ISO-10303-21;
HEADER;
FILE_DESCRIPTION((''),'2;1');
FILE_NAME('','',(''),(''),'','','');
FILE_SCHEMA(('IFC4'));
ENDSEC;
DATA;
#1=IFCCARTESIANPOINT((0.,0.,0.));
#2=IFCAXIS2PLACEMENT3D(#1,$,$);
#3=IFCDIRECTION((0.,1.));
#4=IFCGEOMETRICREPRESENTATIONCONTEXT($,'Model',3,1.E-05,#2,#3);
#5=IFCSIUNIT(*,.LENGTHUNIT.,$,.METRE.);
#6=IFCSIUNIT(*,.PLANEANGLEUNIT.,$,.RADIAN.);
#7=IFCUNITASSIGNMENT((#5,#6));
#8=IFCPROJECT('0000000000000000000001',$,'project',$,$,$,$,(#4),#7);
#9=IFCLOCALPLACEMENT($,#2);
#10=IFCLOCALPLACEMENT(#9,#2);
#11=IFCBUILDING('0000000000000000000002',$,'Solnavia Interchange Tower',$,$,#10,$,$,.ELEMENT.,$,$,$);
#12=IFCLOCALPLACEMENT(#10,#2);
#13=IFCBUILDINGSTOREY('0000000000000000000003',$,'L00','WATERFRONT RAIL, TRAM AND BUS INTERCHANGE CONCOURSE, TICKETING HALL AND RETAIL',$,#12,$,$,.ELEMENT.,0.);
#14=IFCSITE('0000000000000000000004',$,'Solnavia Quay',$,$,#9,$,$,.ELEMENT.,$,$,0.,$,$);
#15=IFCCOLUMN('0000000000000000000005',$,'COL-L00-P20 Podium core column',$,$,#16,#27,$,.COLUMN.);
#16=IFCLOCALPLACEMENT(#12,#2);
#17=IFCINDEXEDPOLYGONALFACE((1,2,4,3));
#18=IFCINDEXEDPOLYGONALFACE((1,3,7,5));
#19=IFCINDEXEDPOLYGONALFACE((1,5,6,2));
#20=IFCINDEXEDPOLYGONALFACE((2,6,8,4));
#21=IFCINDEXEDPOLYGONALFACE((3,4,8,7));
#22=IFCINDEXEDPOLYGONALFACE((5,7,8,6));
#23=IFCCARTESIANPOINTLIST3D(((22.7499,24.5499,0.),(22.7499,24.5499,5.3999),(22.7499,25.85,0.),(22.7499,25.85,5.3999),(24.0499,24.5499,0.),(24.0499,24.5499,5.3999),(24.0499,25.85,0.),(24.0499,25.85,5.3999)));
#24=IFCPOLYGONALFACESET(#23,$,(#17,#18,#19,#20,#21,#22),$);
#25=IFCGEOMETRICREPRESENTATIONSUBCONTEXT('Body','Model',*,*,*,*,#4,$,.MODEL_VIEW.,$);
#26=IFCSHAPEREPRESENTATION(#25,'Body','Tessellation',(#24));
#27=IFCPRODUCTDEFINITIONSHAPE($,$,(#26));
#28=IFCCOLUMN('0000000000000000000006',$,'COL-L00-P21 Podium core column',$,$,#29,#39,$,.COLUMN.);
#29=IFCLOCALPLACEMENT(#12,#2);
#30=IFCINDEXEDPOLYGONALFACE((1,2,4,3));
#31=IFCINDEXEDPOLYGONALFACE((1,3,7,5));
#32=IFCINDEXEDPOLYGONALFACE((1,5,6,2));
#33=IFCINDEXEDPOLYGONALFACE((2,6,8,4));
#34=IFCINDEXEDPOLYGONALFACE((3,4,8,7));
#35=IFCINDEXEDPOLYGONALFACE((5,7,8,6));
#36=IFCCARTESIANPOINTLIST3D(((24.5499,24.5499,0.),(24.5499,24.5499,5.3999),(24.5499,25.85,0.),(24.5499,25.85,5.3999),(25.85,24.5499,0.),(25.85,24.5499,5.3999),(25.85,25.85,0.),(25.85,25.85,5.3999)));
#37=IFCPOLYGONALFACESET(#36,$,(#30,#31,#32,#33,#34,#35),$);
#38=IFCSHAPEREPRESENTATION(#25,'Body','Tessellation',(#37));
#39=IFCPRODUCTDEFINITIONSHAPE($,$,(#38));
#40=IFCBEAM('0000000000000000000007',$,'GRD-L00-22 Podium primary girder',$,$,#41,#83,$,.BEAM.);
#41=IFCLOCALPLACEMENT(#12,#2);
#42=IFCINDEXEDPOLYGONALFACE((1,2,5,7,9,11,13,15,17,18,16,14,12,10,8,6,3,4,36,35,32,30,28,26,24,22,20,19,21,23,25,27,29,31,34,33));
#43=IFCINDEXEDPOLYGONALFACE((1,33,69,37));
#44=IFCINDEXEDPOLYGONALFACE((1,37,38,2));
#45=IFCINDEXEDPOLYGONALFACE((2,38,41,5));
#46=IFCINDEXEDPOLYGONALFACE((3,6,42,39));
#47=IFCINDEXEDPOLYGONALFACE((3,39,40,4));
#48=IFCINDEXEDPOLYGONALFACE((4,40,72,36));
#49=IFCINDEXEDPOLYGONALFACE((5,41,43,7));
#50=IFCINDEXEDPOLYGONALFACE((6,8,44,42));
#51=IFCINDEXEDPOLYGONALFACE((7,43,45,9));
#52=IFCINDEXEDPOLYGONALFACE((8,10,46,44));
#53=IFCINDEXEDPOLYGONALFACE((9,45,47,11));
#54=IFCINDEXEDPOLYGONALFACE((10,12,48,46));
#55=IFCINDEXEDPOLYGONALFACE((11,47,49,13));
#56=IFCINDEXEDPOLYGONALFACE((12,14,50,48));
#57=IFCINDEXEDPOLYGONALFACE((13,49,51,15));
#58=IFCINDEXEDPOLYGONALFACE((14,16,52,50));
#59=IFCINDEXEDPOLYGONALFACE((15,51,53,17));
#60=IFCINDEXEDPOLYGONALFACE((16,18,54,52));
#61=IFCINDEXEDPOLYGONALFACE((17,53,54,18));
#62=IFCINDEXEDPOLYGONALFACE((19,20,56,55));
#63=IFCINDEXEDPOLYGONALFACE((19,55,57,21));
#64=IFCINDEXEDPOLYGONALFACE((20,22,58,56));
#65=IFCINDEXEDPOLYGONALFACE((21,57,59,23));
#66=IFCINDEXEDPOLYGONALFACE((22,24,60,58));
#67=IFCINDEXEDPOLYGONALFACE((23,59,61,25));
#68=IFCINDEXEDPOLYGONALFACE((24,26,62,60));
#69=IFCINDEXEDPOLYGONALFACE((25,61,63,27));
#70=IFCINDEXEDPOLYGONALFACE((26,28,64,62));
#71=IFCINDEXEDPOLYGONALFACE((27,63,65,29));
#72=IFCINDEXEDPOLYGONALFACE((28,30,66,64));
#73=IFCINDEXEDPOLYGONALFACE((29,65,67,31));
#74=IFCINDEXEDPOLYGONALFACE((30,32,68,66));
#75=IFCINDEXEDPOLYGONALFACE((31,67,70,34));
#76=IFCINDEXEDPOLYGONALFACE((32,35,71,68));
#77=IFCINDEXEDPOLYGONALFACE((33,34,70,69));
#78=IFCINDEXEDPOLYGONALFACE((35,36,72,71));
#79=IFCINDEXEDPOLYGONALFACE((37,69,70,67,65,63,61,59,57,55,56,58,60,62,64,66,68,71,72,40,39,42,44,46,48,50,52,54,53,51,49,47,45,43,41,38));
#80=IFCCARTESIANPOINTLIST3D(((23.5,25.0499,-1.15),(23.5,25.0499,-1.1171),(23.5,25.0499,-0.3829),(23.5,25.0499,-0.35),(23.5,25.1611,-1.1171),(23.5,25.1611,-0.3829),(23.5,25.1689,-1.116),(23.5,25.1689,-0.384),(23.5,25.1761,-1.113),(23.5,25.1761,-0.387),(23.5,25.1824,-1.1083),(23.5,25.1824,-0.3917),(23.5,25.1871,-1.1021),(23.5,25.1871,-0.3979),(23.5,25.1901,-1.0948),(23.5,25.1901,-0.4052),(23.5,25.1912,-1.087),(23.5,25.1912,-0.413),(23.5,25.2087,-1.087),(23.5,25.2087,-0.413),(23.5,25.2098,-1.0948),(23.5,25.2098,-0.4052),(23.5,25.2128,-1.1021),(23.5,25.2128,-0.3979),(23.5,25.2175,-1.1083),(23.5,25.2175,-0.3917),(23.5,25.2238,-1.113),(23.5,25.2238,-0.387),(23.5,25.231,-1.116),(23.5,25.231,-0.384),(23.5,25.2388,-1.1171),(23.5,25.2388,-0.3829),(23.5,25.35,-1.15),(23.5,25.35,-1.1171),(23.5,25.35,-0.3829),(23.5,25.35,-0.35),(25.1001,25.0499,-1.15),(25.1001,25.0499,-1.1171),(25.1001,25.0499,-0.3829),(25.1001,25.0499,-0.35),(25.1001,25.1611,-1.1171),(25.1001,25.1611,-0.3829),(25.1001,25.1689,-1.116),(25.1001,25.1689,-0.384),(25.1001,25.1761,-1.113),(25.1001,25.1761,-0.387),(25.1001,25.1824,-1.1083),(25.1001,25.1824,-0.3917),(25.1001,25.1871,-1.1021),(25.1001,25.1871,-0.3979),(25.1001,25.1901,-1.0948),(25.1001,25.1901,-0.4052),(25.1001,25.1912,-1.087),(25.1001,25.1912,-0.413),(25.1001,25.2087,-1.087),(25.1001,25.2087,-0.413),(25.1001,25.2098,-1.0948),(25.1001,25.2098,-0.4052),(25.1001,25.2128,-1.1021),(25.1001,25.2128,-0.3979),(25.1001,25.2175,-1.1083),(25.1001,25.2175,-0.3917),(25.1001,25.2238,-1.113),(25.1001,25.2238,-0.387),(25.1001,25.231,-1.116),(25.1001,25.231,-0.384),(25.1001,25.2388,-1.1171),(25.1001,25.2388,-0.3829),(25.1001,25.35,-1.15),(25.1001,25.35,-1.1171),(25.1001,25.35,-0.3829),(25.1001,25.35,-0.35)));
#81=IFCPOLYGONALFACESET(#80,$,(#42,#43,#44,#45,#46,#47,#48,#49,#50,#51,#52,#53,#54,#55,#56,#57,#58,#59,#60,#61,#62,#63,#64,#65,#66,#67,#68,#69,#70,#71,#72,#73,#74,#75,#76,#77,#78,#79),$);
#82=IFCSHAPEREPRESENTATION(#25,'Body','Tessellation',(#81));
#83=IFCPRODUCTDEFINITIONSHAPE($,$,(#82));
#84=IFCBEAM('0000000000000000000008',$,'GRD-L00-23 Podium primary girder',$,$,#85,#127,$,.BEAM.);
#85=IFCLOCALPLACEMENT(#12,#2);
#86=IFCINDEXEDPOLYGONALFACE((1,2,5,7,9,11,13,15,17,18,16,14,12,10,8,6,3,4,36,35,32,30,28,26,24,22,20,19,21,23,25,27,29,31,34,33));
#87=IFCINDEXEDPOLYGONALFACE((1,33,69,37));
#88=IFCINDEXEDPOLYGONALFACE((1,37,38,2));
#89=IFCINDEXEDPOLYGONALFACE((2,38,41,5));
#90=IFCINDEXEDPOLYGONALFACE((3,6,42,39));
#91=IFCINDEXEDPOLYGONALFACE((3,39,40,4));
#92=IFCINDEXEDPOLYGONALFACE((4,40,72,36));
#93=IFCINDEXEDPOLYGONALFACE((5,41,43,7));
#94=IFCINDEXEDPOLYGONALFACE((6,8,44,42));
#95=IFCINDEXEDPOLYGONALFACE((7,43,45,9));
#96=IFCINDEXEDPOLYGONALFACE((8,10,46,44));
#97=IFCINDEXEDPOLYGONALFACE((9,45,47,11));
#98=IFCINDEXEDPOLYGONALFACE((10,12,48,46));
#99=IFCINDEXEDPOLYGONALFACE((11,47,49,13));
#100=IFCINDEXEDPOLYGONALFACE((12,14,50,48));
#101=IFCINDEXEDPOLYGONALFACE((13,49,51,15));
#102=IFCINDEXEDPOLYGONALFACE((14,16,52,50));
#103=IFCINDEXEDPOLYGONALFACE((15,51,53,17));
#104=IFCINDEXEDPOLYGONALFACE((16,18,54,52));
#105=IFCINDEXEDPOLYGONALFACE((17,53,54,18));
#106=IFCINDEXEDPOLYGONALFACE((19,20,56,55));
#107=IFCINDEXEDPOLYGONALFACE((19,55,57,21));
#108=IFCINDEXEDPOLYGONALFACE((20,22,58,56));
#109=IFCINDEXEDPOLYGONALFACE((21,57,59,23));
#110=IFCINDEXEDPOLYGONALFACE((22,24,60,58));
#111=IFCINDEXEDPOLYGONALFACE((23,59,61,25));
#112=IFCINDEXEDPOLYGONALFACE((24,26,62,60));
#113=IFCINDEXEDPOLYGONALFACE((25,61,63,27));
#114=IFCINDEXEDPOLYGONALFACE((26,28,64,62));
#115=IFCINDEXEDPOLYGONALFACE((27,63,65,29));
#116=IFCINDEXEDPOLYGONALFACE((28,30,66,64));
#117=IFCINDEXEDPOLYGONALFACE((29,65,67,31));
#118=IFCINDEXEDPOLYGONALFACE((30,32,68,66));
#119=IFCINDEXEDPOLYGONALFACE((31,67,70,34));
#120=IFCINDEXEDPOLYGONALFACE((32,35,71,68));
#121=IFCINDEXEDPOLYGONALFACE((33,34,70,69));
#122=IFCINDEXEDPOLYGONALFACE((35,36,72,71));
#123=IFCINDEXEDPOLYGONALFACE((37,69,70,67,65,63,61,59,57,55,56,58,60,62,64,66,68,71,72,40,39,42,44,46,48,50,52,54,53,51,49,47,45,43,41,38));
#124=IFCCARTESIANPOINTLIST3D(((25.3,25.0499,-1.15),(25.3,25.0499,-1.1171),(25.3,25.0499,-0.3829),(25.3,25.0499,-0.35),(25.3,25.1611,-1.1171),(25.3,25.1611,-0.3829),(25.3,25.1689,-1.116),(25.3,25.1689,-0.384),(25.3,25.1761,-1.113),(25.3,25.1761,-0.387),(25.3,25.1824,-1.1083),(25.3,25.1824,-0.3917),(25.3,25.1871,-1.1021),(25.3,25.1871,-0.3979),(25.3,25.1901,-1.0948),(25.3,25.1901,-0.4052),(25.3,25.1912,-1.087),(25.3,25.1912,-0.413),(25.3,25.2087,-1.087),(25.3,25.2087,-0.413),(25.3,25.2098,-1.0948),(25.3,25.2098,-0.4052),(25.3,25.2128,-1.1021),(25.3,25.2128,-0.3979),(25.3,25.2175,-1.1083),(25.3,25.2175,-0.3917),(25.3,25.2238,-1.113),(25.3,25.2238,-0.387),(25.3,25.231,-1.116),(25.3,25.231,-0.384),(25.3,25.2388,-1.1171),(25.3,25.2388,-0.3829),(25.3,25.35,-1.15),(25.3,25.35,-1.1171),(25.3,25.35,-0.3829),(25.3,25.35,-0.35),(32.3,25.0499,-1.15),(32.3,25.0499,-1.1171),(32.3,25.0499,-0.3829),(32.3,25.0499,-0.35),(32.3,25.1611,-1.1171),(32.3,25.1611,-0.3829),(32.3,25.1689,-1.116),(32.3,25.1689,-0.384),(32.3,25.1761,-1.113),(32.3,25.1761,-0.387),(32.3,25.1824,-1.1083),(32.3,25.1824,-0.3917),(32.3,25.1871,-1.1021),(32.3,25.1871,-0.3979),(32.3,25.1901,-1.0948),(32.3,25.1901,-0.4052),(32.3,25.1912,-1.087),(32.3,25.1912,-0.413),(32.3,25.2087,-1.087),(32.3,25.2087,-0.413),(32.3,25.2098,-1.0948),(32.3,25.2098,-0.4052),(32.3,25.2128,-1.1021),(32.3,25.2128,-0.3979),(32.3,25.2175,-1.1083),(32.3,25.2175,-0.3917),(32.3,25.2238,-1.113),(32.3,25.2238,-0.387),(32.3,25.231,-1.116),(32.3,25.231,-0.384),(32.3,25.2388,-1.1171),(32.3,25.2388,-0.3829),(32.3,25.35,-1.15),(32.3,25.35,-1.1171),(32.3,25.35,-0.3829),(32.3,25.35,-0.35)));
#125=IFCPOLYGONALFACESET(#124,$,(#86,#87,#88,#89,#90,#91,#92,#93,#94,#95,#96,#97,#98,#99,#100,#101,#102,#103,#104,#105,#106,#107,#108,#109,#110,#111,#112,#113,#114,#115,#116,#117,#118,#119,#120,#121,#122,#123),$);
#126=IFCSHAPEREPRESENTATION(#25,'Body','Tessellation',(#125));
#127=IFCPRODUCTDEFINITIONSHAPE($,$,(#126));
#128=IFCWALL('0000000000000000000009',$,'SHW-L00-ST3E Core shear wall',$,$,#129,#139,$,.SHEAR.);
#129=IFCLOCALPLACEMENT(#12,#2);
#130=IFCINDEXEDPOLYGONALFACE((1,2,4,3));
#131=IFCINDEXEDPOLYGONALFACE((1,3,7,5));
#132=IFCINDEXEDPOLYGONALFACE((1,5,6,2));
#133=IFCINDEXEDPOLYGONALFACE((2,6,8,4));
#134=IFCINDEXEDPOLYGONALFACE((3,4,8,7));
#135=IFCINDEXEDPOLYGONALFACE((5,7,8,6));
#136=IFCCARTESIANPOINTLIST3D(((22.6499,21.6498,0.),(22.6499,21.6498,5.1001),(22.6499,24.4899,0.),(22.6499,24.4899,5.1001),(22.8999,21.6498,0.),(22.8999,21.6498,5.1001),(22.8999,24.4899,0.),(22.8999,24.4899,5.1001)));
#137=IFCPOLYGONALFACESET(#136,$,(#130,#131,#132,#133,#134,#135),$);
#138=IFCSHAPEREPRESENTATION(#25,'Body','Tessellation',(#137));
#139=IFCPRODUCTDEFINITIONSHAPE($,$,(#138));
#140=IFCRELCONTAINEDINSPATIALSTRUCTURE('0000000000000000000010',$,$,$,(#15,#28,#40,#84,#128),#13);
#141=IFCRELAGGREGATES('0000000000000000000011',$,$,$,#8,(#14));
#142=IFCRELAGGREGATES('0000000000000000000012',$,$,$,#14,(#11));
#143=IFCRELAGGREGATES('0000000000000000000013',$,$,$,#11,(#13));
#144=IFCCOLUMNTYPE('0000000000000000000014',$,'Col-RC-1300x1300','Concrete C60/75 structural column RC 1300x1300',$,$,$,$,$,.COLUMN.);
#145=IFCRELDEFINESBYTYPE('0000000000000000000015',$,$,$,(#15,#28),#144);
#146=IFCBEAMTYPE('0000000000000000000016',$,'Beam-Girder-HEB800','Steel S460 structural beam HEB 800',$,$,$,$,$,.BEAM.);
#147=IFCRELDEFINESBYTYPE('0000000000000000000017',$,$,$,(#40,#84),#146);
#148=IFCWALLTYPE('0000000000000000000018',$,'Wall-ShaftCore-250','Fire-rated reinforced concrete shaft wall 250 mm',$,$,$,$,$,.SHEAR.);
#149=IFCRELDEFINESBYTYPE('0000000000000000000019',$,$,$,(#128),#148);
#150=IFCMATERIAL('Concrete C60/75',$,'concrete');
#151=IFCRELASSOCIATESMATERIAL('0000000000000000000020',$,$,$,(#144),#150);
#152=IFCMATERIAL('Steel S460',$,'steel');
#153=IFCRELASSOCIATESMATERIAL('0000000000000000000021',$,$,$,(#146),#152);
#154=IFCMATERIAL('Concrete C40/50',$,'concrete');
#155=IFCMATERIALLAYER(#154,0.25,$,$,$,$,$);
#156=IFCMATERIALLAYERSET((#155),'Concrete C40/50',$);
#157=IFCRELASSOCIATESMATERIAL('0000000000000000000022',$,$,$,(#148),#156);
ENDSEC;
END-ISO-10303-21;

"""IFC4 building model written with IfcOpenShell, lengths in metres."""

from ifc_helpers import new_model, si_unit, direction, frame, frame_2d, origin, origin_2d, place, context, subcontext, project, spatial, rectangle, i_section, extrude, material, layer, layer_set, material_profile, profile_set, type_object, element, save


model = new_model("IFC4")

# Units and contexts
model_context = context("Model", 3, precision=1e-05, world=origin(), true_north=direction((0.0, 1.0)))
body_context = subcontext(model_context, "Body", "Model", "MODEL_VIEW")
ifc_project = project(units=[si_unit("LENGTHUNIT", "METRE"), si_unit("PLANEANGLEUNIT", "RADIAN")], contexts=[model_context])

# Site, building, storey
site_placement = place(None, origin())
site = spatial("IfcSite", under=ifc_project, at=site_placement, Name="Solnavia Quay", CompositionType="ELEMENT", RefElevation=0.0)
building_placement = place(site_placement, origin())
building = spatial("IfcBuilding", under=site, at=building_placement, Name="Solnavia Interchange Tower", CompositionType="ELEMENT")
storey_placement = place(building_placement, origin())
storey = spatial("IfcBuildingStorey", under=building, at=storey_placement, Name="L00", Description="WATERFRONT RAIL, TRAM AND BUS INTERCHANGE CONCOURSE, TICKETING HALL AND RETAIL", CompositionType="ELEMENT", Elevation=0.0)

# Columns
ifc_material_1 = material(Name="Concrete C60/75", Category="concrete")
ifc_material_profile_1 = material_profile(ifc_material_1, rectangle(XDim=1.3, YDim=1.3, at=origin_2d()), Name="RC 1300x1300")
ifc_profile_set_1 = profile_set([ifc_material_profile_1], Name="Concrete C60/75")
column_type = type_object("IfcColumnType", Name="Col-RC-1300x1300", Description="Concrete C60/75 structural column RC 1300x1300", PredefinedType="COLUMN", material=ifc_profile_set_1)
for number, where, z_axis, x_axis, name in (
    (1, (23.3999, 25.2, 0.0), (0.0, 0.0, 1.0), (1.0, 0.0, 0.0), "COL-L00-P20 Podium core column"),
    (2, (25.2, 25.2, 0.0), (0.0, 0.0, 1.0), (1.0, 0.0, 0.0), "COL-L00-P21 Podium core column"),
):
    element("IfcColumn", number, at=place(storey_placement, frame(where, z_axis=z_axis, x_axis=x_axis)), inside=storey, type_object=column_type, Name=name, PredefinedType="COLUMN", context=body_context, shape_type="SweptSolid", body=[
        extrude(rectangle(XDim=1.3, YDim=1.3, at=origin_2d()), origin(), (0.0, 0.0, 1.0), 5.3999),
    ])

# Beams
ifc_material_2 = material(Name="Steel S460", Category="steel")
ifc_material_profile_2 = material_profile(ifc_material_2, i_section(OverallWidth=0.3, OverallDepth=0.8, WebThickness=0.0176, FlangeThickness=0.033, FilletRadius=0.03, at=origin_2d()), Name="HEB 800")
ifc_profile_set_2 = profile_set([ifc_material_profile_2], Name="Steel S460")
beam_type = type_object("IfcBeamType", Name="Beam-Girder-HEB800", Description="Steel S460 structural beam HEB 800", PredefinedType="BEAM", material=ifc_profile_set_2)
beam_1_placement = place(storey_placement, frame((23.5, 25.2, -0.75), z_axis=(1.0, 0.0, 0.0), x_axis=(0.0, 1.0, 0.0)))
element("IfcBeam", 3, at=beam_1_placement, inside=storey, type_object=beam_type, Name="GRD-L00-22 Podium primary girder", PredefinedType="BEAM", context=body_context, shape_type="SweptSolid", body=[
    extrude(i_section(OverallWidth=0.3, OverallDepth=0.8, WebThickness=0.0176, FlangeThickness=0.033, FilletRadius=0.03, at=origin_2d()), origin(), (0.0, 0.0, 1.0), 1.6001),
])
beam_2_placement = place(storey_placement, frame((25.3, 25.2, -0.75), z_axis=(1.0, 0.0, 0.0), x_axis=(0.0, 1.0, 0.0)))
element("IfcBeam", 4, at=beam_2_placement, inside=storey, type_object=beam_type, Name="GRD-L00-23 Podium primary girder", PredefinedType="BEAM", context=body_context, shape_type="SweptSolid", body=[
    extrude(i_section(OverallWidth=0.3, OverallDepth=0.8, WebThickness=0.0176, FlangeThickness=0.033, FilletRadius=0.03, at=origin_2d()), origin(), (0.0, 0.0, 1.0), 7.0),
])

# Wall
ifc_material_3 = material(Name="Concrete C40/50", Category="concrete")
ifc_layer_1 = layer(ifc_material_3, 0.25)
ifc_layer_set_1 = layer_set([ifc_layer_1], Name="Concrete C40/50")
wall_type_1 = type_object("IfcWallType", Name="Wall-ShaftCore-250", Description="Fire-rated reinforced concrete shaft wall 250 mm", PredefinedType="SHEAR", material=ifc_layer_set_1)
wall_1_placement = place(storey_placement, frame((22.7749, 21.6499, 0.0), z_axis=(0.0, 0.0, 1.0), x_axis=(0.0, 1.0, 0.0)))
element("IfcWall", 5, at=wall_1_placement, inside=storey, type_object=wall_type_1, Name="SHW-L00-ST3E Core shear wall", PredefinedType="SHEAR", context=body_context, shape_type="SweptSolid", body=[
    extrude(rectangle(XDim=2.8401, YDim=0.25, at=frame_2d((1.4199, 0.0))), origin(), (0.0, 0.0, 1.0), 5.1001),
])

save(model, "model.ifc")
